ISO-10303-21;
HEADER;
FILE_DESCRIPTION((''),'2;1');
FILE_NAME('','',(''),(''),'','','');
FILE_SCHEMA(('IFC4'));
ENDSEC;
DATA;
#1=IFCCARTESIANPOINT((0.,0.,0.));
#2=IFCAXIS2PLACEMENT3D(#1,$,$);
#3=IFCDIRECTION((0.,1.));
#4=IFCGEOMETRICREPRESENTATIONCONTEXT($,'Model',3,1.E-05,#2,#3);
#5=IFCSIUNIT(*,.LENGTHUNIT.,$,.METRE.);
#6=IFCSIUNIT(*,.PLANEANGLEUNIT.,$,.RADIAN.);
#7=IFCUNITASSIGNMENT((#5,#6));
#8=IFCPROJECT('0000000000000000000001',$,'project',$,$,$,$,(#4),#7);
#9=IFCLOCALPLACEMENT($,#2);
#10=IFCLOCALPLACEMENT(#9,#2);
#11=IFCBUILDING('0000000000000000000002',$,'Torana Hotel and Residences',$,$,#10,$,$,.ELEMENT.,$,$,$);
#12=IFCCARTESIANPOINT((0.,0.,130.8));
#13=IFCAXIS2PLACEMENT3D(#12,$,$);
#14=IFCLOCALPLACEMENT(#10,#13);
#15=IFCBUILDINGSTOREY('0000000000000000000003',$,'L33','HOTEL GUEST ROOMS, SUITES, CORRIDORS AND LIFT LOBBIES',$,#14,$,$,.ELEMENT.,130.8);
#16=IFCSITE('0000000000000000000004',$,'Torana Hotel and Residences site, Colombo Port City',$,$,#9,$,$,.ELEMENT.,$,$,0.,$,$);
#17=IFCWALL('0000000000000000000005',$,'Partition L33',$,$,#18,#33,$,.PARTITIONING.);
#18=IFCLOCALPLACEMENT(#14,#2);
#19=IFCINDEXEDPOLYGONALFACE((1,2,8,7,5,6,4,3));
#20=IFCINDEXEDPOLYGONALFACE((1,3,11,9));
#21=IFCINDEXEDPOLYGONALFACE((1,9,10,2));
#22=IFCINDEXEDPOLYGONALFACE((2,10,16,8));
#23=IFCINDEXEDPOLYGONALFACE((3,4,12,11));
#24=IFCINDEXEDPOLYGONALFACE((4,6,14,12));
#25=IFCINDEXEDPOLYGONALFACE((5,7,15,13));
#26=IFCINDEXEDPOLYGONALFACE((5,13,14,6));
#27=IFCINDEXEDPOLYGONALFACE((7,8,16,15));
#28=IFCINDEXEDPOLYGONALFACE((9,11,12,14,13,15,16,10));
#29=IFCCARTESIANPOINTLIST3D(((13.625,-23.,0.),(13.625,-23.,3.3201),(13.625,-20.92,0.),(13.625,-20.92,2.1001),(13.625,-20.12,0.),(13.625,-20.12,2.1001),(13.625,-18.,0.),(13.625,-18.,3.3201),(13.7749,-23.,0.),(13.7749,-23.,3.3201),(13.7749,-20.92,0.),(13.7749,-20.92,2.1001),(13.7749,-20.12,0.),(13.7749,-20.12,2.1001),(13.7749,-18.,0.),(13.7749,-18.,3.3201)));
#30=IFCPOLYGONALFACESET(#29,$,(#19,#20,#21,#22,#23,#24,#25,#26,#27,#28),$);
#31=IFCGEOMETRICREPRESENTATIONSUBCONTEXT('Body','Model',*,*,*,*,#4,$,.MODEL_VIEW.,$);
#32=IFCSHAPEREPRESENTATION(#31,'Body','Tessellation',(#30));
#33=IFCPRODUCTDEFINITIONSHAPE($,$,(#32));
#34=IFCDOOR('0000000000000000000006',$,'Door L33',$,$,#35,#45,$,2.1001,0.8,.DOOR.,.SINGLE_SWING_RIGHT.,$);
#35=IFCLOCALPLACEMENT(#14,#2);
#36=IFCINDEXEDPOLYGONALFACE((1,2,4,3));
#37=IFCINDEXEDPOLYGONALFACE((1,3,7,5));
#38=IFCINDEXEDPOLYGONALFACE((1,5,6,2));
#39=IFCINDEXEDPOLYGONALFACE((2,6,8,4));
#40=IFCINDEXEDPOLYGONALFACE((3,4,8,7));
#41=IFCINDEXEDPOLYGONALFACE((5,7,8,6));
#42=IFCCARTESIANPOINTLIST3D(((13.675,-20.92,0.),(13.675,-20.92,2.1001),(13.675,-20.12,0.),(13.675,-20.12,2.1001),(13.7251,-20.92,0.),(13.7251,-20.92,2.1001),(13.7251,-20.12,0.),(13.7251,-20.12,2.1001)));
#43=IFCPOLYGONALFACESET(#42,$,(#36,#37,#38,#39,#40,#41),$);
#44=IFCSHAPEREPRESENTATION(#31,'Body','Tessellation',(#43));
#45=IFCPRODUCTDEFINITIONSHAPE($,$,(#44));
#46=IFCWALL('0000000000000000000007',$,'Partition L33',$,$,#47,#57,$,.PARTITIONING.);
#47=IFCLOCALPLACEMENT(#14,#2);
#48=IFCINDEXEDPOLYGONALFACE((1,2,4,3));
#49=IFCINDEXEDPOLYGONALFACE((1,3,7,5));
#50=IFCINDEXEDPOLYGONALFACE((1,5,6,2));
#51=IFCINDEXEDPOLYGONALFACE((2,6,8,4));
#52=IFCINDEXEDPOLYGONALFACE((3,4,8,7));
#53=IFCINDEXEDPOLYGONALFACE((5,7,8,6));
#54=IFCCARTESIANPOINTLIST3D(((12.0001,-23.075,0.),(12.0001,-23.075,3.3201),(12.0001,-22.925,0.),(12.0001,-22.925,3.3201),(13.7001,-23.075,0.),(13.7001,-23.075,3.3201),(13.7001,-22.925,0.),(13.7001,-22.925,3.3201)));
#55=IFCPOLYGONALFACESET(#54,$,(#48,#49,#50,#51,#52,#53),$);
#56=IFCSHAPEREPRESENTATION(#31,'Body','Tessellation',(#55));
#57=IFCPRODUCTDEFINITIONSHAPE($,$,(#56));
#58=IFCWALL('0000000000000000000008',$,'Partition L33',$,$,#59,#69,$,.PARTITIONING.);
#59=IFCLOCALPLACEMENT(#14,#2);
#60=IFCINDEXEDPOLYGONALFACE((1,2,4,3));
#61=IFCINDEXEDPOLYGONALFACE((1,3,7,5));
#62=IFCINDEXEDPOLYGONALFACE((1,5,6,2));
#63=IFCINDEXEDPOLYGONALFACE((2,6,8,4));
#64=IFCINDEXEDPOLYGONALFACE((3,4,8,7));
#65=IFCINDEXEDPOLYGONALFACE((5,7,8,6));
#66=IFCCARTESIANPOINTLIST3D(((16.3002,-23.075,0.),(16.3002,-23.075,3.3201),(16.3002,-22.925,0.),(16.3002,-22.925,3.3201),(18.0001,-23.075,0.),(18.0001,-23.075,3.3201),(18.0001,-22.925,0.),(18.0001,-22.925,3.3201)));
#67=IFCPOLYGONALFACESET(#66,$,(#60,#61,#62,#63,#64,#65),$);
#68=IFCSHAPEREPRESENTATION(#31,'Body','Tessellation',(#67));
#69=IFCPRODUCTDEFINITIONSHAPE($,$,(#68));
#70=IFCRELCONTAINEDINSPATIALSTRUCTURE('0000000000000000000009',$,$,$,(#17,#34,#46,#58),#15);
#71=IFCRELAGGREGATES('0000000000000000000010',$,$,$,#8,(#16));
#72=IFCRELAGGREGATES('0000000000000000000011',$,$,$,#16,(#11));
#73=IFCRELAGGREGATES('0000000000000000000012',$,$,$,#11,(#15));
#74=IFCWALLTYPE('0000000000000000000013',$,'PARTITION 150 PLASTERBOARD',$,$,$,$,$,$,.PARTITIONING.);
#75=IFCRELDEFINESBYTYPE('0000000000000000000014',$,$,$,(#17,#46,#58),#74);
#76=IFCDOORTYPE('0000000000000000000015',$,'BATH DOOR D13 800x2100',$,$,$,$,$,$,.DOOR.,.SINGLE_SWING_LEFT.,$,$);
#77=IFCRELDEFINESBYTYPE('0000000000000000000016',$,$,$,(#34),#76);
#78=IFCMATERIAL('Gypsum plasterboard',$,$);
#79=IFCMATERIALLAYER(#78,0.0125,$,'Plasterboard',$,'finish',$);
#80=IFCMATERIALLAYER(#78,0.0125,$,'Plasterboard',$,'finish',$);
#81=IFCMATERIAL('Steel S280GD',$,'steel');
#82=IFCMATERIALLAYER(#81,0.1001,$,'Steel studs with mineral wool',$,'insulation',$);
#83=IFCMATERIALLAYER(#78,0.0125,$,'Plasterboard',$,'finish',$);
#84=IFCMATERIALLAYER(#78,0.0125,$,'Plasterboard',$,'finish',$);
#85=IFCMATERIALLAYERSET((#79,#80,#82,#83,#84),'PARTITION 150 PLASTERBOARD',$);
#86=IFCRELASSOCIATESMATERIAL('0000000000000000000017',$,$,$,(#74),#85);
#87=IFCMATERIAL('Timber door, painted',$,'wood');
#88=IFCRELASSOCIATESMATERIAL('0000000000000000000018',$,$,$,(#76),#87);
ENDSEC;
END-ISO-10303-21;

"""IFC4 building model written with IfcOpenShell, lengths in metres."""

from ifc_helpers import new_model, si_unit, direction, frame, frame_2d, origin, place, context, subcontext, project, spatial, rectangle, extrude, material, layer, layer_set, type_object, element, fill, save


model = new_model("IFC4")

# Units and contexts
model_context = context("Model", 3, precision=1e-05, world=origin(), true_north=direction((0.0, 1.0)))
body_context = subcontext(model_context, "Body", "Model", "MODEL_VIEW")
ifc_project = project(units=[si_unit("LENGTHUNIT", "METRE"), si_unit("PLANEANGLEUNIT", "RADIAN")], contexts=[model_context])

# Site, building, storey
site_placement = place(None, origin())
site = spatial("IfcSite", under=ifc_project, at=site_placement, Name="Torana Hotel and Residences site, Colombo Port City", CompositionType="ELEMENT", RefElevation=0.0)
building_placement = place(site_placement, origin())
building = spatial("IfcBuilding", under=site, at=building_placement, Name="Torana Hotel and Residences", CompositionType="ELEMENT")
storey_placement = place(building_placement, frame((0.0, 0.0, 130.8)))
storey = spatial("IfcBuildingStorey", under=building, at=storey_placement, Name="L33", Description="HOTEL GUEST ROOMS, SUITES, CORRIDORS AND LIFT LOBBIES", CompositionType="ELEMENT", Elevation=130.8)

# Wall, opening, door
ifc_material_1 = material(Name="Gypsum plasterboard")
ifc_layer_1 = layer(ifc_material_1, 0.0125, Name="Plasterboard", Category="finish")
ifc_layer_2 = layer(ifc_material_1, 0.0125, Name="Plasterboard", Category="finish")
ifc_material_2 = material(Name="Steel S280GD", Category="steel")
ifc_layer_3 = layer(ifc_material_2, 0.1001, Name="Steel studs with mineral wool", Category="insulation")
ifc_layer_4 = layer(ifc_material_1, 0.0125, Name="Plasterboard", Category="finish")
ifc_layer_5 = layer(ifc_material_1, 0.0125, Name="Plasterboard", Category="finish")
ifc_layer_set_1 = layer_set([ifc_layer_1, ifc_layer_2, ifc_layer_3, ifc_layer_4, ifc_layer_5], Name="PARTITION 150 PLASTERBOARD")
wall_type_1 = type_object("IfcWallType", Name="PARTITION 150 PLASTERBOARD", PredefinedType="PARTITIONING", material=ifc_layer_set_1)
ifc_material_3 = material(Name="Timber door, painted", Category="wood")
door_type_1 = type_object("IfcDoorType", Name="BATH DOOR D13 800x2100", OperationType="SINGLE_SWING_LEFT", PredefinedType="DOOR", material=ifc_material_3)
wall_1_placement = place(storey_placement, frame((13.7, -23.0, 0.0), z_axis=(0.0, 0.0, 1.0), x_axis=(0.0, 1.0, 0.0)))
wall_1 = element("IfcWall", 1, at=wall_1_placement, inside=storey, type_object=wall_type_1, Name="Partition L33", PredefinedType="PARTITIONING", context=body_context, shape_type="SweptSolid", body=[
    extrude(rectangle(XDim=5.0, YDim=0.1499, at=frame_2d((2.5, 0.0))), origin(), (0.0, 0.0, 1.0), 3.3201),
])
opening_1_placement = place(wall_1_placement, frame((2.0801, 0.0, 0.0)))
opening_1 = element("IfcOpeningElement", 2, at=opening_1_placement, cuts=wall_1, PredefinedType="OPENING", context=body_context, shape_type="SweptSolid", body=[
    extrude(rectangle(XDim=0.8, YDim=2.1001, at=frame_2d((0.3999, 1.05))), frame((0.0, 0.085, 0.0), z_axis=(0.0, -1.0, 0.0), x_axis=(1.0, 0.0, 0.0)), (0.0, 0.0, 1.0), 0.1699),
])
door_1_placement = place(opening_1_placement, origin())
door_1 = element("IfcDoor", 3, at=door_1_placement, inside=storey, type_object=door_type_1, Name="Door L33", OperationType="SINGLE_SWING_RIGHT", OverallHeight=2.1001, OverallWidth=0.8, PredefinedType="DOOR", context=body_context, shape_type="SweptSolid", body=[
    extrude(rectangle(XDim=0.8, YDim=2.1001, at=frame_2d((0.3999, 1.05))), frame((0.0, 0.0249, 0.0), z_axis=(0.0, -1.0, 0.0), x_axis=(1.0, 0.0, 0.0)), (0.0, 0.0, 1.0), 0.05),
])
fill(opening_1, door_1)

# Walls
for number, where, z_axis, x_axis, name in (
    (4, (12.0, -23.0, 0.0), (0.0, 0.0, 1.0), (1.0, 0.0, 0.0), "Partition L33"),
    (5, (16.3, -23.0, 0.0), (0.0, 0.0, 1.0), (1.0, 0.0, 0.0), "Partition L33"),
):
    element("IfcWall", number, at=place(storey_placement, frame(where, z_axis=z_axis, x_axis=x_axis)), inside=storey, type_object=wall_type_1, Name=name, PredefinedType="PARTITIONING", context=body_context, shape_type="SweptSolid", body=[
        extrude(rectangle(XDim=1.7, YDim=0.1499, at=frame_2d((0.8501, 0.0))), origin(), (0.0, 0.0, 1.0), 3.3201),
    ])

save(model, "model.ifc")
